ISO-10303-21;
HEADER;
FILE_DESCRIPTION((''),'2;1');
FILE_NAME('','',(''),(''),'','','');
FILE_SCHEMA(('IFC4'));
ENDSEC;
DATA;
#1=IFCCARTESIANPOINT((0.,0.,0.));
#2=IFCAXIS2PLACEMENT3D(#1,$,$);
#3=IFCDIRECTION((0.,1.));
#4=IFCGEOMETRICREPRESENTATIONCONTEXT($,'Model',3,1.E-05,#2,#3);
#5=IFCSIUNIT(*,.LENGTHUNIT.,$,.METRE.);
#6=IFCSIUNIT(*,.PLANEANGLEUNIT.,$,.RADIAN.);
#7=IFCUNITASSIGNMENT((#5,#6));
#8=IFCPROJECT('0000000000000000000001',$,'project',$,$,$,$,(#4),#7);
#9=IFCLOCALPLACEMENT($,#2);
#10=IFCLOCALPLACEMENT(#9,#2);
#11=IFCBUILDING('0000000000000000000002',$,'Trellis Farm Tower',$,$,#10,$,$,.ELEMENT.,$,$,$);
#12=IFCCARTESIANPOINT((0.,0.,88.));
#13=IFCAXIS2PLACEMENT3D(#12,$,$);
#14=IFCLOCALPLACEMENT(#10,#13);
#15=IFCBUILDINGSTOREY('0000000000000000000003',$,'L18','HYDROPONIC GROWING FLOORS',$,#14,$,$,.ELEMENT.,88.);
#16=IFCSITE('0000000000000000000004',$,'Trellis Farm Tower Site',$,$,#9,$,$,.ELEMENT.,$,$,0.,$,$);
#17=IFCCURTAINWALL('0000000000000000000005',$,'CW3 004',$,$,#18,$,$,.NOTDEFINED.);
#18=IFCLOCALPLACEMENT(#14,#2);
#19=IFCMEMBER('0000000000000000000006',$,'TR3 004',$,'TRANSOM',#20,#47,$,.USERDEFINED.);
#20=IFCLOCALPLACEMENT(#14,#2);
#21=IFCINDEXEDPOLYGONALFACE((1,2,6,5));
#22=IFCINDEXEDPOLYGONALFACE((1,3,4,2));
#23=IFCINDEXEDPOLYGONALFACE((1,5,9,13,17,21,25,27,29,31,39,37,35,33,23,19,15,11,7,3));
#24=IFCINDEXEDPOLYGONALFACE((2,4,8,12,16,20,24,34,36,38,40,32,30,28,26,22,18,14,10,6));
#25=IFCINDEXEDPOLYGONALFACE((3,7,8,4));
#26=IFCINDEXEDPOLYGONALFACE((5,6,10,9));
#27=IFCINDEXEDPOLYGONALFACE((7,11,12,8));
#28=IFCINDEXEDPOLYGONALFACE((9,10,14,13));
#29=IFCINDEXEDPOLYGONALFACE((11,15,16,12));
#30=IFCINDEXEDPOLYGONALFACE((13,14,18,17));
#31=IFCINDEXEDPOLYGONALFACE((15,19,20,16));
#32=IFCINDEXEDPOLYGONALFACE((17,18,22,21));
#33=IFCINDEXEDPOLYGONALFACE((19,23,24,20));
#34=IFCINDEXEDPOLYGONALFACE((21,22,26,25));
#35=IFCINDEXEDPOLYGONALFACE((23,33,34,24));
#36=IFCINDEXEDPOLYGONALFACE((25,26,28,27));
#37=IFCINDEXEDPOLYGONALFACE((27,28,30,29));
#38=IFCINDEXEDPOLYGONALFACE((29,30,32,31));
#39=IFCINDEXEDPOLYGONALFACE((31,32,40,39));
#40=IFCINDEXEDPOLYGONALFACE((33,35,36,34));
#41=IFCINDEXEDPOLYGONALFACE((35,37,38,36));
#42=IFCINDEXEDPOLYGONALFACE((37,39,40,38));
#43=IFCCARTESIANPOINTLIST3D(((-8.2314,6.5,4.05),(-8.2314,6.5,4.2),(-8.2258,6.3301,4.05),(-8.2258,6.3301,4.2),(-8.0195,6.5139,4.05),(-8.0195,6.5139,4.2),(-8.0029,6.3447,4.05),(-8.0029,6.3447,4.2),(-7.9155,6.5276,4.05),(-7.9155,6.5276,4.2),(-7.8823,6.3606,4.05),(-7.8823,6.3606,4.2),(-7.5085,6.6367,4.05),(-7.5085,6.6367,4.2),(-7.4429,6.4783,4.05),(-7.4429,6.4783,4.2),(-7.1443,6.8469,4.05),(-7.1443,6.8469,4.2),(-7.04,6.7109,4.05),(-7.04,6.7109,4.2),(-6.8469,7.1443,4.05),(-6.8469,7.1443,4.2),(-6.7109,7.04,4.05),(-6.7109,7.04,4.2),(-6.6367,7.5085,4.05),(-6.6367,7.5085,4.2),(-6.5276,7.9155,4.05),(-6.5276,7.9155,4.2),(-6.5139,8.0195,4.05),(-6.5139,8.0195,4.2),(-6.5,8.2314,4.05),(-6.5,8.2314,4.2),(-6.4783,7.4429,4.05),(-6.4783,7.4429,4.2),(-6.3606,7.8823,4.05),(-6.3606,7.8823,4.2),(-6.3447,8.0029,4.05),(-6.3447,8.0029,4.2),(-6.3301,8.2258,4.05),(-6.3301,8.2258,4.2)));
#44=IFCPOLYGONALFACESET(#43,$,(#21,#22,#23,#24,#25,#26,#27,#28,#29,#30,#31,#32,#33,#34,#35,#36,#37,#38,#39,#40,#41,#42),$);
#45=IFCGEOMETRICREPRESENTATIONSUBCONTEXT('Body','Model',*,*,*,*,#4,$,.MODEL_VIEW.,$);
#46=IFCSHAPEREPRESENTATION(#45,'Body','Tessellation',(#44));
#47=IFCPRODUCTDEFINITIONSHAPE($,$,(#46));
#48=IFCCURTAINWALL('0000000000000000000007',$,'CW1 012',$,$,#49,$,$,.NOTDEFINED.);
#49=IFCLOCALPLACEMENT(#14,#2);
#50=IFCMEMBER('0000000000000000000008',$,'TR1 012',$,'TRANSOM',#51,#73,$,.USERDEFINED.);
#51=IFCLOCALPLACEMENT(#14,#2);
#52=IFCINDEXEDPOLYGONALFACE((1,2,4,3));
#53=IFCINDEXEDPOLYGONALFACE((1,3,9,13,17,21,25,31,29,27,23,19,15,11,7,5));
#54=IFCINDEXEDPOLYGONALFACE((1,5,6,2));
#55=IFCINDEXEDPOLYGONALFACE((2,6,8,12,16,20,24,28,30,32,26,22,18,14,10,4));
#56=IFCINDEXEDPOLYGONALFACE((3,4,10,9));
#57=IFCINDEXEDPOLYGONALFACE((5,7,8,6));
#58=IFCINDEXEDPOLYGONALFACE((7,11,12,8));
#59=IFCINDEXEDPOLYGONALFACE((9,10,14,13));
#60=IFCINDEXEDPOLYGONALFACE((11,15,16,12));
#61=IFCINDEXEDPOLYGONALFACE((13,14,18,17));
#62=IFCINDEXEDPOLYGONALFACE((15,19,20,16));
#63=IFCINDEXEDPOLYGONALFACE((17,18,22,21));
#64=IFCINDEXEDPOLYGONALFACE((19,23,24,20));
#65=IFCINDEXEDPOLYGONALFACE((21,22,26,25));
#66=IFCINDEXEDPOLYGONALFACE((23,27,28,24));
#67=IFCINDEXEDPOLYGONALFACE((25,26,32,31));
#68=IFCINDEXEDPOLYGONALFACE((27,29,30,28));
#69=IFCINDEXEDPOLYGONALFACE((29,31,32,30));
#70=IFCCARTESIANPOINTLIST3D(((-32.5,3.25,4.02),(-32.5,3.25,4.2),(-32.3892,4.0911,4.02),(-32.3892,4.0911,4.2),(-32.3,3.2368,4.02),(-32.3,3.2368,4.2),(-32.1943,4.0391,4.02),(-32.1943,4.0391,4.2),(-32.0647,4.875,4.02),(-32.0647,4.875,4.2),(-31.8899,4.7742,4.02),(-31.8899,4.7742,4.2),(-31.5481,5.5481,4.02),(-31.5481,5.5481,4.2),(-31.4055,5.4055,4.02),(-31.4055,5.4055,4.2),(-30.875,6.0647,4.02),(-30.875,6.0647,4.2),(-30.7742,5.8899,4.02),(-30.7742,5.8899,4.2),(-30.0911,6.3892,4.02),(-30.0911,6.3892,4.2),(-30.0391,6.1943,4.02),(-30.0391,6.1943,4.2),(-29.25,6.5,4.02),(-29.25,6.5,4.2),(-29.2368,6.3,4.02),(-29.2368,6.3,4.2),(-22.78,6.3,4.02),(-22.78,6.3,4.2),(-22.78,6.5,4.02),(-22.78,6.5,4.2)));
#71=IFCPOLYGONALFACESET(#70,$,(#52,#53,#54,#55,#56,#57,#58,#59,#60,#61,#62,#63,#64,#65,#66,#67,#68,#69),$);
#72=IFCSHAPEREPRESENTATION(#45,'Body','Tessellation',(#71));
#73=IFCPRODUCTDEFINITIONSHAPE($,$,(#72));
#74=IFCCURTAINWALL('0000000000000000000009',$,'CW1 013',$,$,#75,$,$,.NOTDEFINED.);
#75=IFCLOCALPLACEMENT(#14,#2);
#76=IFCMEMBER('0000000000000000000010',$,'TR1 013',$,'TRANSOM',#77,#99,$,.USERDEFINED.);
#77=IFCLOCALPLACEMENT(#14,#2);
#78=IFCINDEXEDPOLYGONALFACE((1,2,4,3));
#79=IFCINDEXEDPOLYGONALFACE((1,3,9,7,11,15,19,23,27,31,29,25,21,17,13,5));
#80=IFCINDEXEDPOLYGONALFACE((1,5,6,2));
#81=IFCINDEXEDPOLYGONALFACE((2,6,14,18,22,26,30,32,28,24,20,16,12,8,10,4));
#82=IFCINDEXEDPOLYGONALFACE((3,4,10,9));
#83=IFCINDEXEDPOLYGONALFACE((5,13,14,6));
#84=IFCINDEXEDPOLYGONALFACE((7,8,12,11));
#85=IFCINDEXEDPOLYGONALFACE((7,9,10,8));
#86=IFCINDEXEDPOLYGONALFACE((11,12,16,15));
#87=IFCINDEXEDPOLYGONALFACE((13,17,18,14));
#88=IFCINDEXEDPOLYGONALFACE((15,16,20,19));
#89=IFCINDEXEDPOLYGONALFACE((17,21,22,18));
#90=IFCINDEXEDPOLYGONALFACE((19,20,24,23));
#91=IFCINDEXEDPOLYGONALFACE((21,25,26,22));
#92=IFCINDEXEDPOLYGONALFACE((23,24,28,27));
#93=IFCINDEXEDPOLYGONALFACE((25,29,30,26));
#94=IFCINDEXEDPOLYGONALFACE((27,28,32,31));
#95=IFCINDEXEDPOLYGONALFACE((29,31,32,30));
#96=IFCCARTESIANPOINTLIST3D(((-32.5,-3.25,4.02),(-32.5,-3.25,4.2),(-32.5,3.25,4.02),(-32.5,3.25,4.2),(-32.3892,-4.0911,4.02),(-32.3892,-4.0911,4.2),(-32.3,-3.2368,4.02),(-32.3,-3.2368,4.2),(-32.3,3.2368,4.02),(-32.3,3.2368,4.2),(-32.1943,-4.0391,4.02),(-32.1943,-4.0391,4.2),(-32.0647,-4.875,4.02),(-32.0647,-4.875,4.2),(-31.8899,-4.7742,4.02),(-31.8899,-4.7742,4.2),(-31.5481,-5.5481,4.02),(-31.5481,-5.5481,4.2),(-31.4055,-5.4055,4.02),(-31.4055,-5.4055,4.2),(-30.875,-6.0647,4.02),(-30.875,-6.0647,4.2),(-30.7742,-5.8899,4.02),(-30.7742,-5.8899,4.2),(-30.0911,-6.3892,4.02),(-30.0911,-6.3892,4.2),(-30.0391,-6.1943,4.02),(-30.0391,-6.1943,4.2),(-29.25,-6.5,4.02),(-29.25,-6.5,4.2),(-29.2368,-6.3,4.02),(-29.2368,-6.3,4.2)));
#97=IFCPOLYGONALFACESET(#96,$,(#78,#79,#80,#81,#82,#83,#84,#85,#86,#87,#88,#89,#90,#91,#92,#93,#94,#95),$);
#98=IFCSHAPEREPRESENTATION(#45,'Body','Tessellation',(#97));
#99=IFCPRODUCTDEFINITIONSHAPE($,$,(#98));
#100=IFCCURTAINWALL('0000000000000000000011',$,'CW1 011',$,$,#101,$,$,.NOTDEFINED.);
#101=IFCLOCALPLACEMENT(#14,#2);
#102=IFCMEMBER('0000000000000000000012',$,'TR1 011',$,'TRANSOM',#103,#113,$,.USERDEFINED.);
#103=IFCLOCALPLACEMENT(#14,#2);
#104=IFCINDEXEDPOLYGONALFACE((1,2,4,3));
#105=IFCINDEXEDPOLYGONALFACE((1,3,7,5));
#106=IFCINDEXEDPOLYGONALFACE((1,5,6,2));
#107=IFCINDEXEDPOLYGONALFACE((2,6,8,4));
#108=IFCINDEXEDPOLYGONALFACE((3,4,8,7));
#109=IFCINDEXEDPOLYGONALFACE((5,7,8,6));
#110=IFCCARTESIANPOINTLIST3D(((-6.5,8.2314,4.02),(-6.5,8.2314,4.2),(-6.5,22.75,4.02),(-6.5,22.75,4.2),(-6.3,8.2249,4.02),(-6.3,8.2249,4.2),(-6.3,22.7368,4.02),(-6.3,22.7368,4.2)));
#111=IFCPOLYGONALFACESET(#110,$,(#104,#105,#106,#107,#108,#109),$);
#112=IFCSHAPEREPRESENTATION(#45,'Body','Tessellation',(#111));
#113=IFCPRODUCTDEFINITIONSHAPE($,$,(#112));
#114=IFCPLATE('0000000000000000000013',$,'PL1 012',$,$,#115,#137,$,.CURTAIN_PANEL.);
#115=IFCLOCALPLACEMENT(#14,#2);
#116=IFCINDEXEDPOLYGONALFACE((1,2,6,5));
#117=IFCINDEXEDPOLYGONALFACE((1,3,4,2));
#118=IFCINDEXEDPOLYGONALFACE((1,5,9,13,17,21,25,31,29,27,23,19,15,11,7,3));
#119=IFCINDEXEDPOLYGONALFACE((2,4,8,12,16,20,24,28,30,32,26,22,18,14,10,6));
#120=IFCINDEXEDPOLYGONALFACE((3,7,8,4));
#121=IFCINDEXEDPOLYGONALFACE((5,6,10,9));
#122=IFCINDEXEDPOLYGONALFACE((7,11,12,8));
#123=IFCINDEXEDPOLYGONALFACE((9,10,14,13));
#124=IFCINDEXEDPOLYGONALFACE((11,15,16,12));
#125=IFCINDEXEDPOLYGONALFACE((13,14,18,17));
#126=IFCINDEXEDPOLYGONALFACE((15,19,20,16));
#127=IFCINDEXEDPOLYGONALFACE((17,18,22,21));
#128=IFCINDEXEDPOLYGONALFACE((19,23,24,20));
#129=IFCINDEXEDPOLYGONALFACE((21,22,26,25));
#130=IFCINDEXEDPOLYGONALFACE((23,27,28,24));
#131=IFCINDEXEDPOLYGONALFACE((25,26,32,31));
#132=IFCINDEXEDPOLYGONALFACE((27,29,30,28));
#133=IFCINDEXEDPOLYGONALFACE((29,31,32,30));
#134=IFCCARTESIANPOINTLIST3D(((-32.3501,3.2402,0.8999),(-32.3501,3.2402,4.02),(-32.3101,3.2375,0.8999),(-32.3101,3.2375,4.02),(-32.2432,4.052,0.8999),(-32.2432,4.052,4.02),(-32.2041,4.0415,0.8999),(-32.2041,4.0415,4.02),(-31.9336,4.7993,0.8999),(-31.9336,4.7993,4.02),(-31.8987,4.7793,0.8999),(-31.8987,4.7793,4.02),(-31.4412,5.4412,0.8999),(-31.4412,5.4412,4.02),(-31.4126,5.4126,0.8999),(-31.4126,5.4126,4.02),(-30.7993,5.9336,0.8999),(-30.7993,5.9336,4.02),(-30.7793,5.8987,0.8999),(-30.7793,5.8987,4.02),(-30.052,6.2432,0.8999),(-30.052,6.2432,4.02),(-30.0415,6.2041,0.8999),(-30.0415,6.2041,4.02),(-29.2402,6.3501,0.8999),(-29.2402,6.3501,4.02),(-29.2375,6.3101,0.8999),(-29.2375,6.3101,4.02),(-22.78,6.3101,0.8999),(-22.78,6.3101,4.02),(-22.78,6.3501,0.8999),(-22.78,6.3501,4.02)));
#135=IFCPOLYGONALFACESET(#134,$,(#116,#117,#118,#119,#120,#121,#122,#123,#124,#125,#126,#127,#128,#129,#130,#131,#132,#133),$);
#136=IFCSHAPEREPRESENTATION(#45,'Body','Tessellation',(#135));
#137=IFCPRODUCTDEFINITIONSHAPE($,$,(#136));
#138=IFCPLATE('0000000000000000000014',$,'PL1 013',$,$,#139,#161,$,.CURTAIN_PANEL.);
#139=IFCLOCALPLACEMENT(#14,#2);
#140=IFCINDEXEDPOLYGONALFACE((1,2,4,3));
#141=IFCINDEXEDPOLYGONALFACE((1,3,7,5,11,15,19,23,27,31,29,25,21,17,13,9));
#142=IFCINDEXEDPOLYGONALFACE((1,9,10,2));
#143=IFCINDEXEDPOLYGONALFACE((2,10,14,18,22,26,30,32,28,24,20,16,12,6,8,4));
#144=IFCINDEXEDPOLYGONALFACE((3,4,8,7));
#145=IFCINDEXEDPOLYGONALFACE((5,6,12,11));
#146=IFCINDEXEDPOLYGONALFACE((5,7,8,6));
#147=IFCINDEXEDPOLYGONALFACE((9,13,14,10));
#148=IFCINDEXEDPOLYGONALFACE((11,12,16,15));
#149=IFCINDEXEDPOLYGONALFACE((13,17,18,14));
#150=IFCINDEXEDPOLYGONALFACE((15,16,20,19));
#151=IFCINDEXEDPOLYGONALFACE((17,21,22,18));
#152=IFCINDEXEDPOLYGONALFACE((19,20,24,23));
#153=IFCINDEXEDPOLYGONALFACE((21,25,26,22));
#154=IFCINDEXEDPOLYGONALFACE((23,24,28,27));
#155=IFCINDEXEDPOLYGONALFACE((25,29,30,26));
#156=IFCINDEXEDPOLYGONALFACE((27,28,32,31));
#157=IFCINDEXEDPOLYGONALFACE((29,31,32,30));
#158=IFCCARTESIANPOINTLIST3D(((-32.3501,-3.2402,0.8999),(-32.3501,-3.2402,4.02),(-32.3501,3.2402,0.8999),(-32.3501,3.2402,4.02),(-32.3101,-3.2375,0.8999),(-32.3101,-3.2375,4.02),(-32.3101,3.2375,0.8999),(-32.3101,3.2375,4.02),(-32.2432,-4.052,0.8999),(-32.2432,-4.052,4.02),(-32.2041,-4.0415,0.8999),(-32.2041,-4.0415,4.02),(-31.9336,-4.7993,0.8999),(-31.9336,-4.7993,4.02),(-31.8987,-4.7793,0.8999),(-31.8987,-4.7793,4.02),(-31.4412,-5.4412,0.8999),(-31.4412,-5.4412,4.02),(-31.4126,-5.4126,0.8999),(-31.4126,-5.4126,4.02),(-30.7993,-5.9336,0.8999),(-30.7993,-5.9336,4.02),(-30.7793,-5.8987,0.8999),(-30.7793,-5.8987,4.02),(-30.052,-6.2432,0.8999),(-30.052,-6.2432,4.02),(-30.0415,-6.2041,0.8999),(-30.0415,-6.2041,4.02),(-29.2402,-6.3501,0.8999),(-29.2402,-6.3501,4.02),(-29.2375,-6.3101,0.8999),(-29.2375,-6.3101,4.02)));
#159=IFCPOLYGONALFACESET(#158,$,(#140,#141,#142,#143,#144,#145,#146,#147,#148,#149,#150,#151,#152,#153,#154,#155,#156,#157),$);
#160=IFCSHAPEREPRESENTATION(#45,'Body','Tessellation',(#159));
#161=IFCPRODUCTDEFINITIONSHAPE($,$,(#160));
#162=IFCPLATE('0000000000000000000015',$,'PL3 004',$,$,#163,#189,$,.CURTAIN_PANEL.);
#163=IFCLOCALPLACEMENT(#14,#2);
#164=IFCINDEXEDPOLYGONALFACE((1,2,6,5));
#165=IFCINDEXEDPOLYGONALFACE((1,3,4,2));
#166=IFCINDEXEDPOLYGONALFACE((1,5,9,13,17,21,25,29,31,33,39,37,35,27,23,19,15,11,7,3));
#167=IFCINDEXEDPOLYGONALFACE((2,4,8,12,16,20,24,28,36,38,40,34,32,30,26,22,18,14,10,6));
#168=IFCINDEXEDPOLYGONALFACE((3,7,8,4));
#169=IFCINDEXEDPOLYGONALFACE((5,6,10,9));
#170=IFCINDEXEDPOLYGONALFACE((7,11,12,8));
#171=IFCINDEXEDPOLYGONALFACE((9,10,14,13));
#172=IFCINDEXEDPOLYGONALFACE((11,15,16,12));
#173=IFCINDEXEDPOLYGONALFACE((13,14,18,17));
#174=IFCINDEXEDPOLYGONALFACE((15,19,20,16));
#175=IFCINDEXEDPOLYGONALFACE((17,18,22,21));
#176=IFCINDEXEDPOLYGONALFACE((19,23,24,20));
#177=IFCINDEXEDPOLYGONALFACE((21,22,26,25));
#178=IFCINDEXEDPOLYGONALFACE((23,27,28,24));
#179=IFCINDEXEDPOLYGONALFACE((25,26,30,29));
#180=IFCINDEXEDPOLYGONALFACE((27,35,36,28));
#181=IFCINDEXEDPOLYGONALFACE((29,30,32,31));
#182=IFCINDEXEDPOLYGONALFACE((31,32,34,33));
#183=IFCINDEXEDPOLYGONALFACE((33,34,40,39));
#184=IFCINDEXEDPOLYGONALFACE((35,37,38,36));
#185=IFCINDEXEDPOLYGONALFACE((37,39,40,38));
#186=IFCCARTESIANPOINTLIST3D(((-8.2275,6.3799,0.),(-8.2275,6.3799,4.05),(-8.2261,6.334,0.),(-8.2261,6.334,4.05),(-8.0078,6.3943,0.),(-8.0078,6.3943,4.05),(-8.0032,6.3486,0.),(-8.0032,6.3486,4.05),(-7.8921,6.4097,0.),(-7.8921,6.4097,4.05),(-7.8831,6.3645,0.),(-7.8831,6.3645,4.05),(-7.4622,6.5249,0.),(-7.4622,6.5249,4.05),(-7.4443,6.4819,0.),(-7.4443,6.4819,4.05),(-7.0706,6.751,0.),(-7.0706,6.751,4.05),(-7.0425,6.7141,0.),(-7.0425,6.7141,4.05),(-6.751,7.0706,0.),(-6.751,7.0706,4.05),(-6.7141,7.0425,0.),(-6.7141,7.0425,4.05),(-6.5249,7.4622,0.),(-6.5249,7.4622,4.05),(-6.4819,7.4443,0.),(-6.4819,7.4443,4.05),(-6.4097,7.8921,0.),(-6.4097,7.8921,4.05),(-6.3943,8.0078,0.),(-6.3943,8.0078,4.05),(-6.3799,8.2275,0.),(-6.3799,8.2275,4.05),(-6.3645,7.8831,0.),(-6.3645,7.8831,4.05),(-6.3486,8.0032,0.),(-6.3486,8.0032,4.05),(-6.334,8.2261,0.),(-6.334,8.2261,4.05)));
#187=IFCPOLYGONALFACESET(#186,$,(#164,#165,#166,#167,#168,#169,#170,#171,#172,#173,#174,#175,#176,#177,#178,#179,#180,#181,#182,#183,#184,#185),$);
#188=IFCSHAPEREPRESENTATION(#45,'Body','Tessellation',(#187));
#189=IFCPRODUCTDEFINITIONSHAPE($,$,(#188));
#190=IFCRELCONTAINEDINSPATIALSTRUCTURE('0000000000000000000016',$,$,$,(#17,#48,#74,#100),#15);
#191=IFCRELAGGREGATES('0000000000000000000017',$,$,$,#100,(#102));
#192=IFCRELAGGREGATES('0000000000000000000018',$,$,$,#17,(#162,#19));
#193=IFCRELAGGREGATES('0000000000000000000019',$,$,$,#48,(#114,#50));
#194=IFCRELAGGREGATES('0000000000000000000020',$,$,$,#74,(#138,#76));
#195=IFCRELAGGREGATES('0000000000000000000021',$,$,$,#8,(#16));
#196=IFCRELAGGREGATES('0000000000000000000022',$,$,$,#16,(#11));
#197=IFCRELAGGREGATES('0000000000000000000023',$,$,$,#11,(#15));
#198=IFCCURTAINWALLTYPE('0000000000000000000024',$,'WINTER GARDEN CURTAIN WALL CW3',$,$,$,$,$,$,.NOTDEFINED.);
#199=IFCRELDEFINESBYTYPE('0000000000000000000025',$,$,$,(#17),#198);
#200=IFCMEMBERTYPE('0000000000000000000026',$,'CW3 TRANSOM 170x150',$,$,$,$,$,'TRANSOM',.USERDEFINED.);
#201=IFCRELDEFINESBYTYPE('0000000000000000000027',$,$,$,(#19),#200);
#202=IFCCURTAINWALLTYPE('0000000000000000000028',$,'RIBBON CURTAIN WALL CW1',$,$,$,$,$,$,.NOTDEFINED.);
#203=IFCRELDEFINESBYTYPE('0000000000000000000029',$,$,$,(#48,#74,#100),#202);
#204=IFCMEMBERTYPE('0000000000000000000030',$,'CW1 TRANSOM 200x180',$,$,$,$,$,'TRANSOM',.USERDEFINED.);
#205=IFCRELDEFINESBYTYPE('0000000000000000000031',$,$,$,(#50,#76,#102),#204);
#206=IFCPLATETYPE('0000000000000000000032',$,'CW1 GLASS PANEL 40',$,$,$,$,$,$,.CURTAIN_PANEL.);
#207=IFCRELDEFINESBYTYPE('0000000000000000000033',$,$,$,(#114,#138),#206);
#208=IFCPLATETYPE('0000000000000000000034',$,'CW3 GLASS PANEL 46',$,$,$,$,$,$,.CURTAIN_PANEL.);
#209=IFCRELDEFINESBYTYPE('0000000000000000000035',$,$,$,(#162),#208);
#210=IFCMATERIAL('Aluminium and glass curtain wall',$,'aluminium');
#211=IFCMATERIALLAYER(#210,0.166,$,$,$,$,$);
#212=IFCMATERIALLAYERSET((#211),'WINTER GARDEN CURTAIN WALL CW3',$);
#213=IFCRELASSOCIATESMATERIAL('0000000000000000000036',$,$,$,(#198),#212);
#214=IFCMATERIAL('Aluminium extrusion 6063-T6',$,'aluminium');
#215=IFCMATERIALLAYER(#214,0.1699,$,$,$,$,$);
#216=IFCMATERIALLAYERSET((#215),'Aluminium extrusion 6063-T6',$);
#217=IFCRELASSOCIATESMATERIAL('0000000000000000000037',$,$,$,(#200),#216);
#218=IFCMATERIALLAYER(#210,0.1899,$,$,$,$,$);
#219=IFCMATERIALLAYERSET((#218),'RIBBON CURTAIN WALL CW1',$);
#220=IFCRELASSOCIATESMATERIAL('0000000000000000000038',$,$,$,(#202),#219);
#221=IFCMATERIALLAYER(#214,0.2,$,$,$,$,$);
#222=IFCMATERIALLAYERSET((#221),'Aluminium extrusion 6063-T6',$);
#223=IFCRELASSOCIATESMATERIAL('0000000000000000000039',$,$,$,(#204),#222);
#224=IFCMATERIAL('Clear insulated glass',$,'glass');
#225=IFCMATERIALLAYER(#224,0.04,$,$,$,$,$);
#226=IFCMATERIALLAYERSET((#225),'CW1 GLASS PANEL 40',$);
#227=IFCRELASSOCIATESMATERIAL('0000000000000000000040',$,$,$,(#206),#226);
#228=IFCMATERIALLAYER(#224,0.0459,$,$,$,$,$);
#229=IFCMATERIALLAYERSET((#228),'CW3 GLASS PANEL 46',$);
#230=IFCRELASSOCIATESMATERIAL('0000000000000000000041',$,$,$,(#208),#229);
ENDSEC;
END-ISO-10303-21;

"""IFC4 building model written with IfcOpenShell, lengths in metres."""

from ifc_helpers import new_model, si_unit, direction, frame, origin, place, context, subcontext, project, spatial, polyline, outline, extrude, source, transform, mapped, material, layer, layer_set, type_object, element, aggregate, save


model = new_model("IFC4")

# Units and contexts
model_context = context("Model", 3, precision=1e-05, world=origin(), true_north=direction((0.0, 1.0)))
body_context = subcontext(model_context, "Body", "Model", "MODEL_VIEW")
ifc_project = project(units=[si_unit("LENGTHUNIT", "METRE"), si_unit("PLANEANGLEUNIT", "RADIAN")], contexts=[model_context])

# Site, building, storey
site_placement = place(None, origin())
site = spatial("IfcSite", under=ifc_project, at=site_placement, Name="Trellis Farm Tower Site", CompositionType="ELEMENT", RefElevation=0.0)
building_placement = place(site_placement, origin())
building = spatial("IfcBuilding", under=site, at=building_placement, Name="Trellis Farm Tower", CompositionType="ELEMENT")
storey_placement = place(building_placement, frame((0.0, 0.0, 88.0)))
storey = spatial("IfcBuildingStorey", under=building, at=storey_placement, Name="L18", Description="HYDROPONIC GROWING FLOORS", CompositionType="ELEMENT", Elevation=88.0)

# Curtain walls, members
ifc_material_1 = material(Name="Aluminium and glass curtain wall", Category="aluminium")
ifc_layer_1 = layer(ifc_material_1, 0.166)
ifc_layer_set_1 = layer_set([ifc_layer_1], Name="WINTER GARDEN CURTAIN WALL CW3")
curtain_wall_type_1 = type_object("IfcCurtainWallType", Name="WINTER GARDEN CURTAIN WALL CW3", PredefinedType="NOTDEFINED", material=ifc_layer_set_1)
placement_1 = place(storey_placement, origin())
curtain_wall_1 = element("IfcCurtainWall", 1, at=placement_1, inside=storey, type_object=curtain_wall_type_1, Name="CW3 004", PredefinedType="NOTDEFINED")
ifc_material_2 = material(Name="Aluminium extrusion 6063-T6", Category="aluminium")
ifc_layer_2 = layer(ifc_material_2, 0.1699)
ifc_layer_set_2 = layer_set([ifc_layer_2], Name="Aluminium extrusion 6063-T6")
member_type_1 = type_object("IfcMemberType", Name="CW3 TRANSOM 170x150", ElementType="TRANSOM", PredefinedType="USERDEFINED", material=ifc_layer_set_2)
shared_shape_1 = source(origin(), body_context, "Body", "SweptSolid", [
    extrude(outline(polyline([(-6.5, 8.2314), (-6.5139, 8.0195), (-6.5276, 7.9155), (-6.6367, 7.5085), (-6.8469, 7.1443), (-7.1443, 6.8469), (-7.5085, 6.6367), (-7.9155, 6.5276), (-8.0195, 6.5139), (-8.2314, 6.5), (-8.2258, 6.3301), (-8.0029, 6.3447), (-7.8823, 6.3606), (-7.4429, 6.4783), (-7.04, 6.7109), (-6.7109, 7.04), (-6.4783, 7.4429), (-6.3606, 7.8823), (-6.3447, 8.0029), (-6.3301, 8.2258), (-6.5, 8.2314)])), origin(), (0.0, 0.0, 1.0), 0.1499),
])
member_1_placement = place(storey_placement, frame((0.0, 0.0, 4.05)))
member_1 = element("IfcMember", 2, at=member_1_placement, type_object=member_type_1, Name="TR3 004", ObjectType="TRANSOM", PredefinedType="USERDEFINED", context=body_context, shape_type="MappedRepresentation", body=[
    mapped(shared_shape_1, transform((0.0, 0.0, 0.0))),
])
ifc_layer_3 = layer(ifc_material_1, 0.1899)
ifc_layer_set_3 = layer_set([ifc_layer_3], Name="RIBBON CURTAIN WALL CW1")
curtain_wall_type_2 = type_object("IfcCurtainWallType", Name="RIBBON CURTAIN WALL CW1", PredefinedType="NOTDEFINED", material=ifc_layer_set_3)
curtain_wall_2 = element("IfcCurtainWall", 3, at=placement_1, inside=storey, type_object=curtain_wall_type_2, Name="CW1 012", PredefinedType="NOTDEFINED")
ifc_layer_4 = layer(ifc_material_2, 0.2)
ifc_layer_set_4 = layer_set([ifc_layer_4], Name="Aluminium extrusion 6063-T6")
member_type_2 = type_object("IfcMemberType", Name="CW1 TRANSOM 200x180", ElementType="TRANSOM", PredefinedType="USERDEFINED", material=ifc_layer_set_4)
shared_shape_2 = source(origin(), body_context, "Body", "SweptSolid", [
    extrude(outline(polyline([(-22.78, 6.5), (-29.25, 6.5), (-30.0911, 6.3892), (-30.875, 6.0647), (-31.5481, 5.5481), (-32.0647, 4.875), (-32.3892, 4.0911), (-32.5, 3.25), (-32.3, 3.2368), (-32.1943, 4.0391), (-31.8899, 4.7742), (-31.4055, 5.4055), (-30.7742, 5.8899), (-30.0391, 6.1943), (-29.2368, 6.3), (-22.78, 6.3), (-22.78, 6.5)])), origin(), (0.0, 0.0, 1.0), 0.1799),
])
placement_2 = place(storey_placement, frame((0.0, 0.0, 4.02)))
member_2 = element("IfcMember", 4, at=placement_2, type_object=member_type_2, Name="TR1 012", ObjectType="TRANSOM", PredefinedType="USERDEFINED", context=body_context, shape_type="MappedRepresentation", body=[
    mapped(shared_shape_2, transform((0.0, 0.0, 0.0))),
])
curtain_wall_3 = element("IfcCurtainWall", 5, at=placement_1, inside=storey, type_object=curtain_wall_type_2, Name="CW1 013", PredefinedType="NOTDEFINED")
shared_shape_3 = source(origin(), body_context, "Body", "SweptSolid", [
    extrude(outline(polyline([(-32.5, 3.25), (-32.5, -3.25), (-32.3892, -4.0911), (-32.0647, -4.875), (-31.5481, -5.5481), (-30.875, -6.0647), (-30.0911, -6.3892), (-29.25, -6.5), (-29.2368, -6.3), (-30.0391, -6.1943), (-30.7742, -5.8899), (-31.4055, -5.4055), (-31.8899, -4.7742), (-32.1943, -4.0391), (-32.3, -3.2368), (-32.3, 3.2368), (-32.5, 3.25)])), origin(), (0.0, 0.0, 1.0), 0.1799),
])
member_3 = element("IfcMember", 6, at=placement_2, type_object=member_type_2, Name="TR1 013", ObjectType="TRANSOM", PredefinedType="USERDEFINED", context=body_context, shape_type="MappedRepresentation", body=[
    mapped(shared_shape_3, transform((0.0, 0.0, 0.0))),
])
curtain_wall_4 = element("IfcCurtainWall", 7, at=placement_1, inside=storey, type_object=curtain_wall_type_2, Name="CW1 011", PredefinedType="NOTDEFINED")
shared_shape_4 = source(origin(), body_context, "Body", "SweptSolid", [
    extrude(outline(polyline([(-6.5, 22.75), (-6.5, 8.2314), (-6.3, 8.2249), (-6.3, 22.7368), (-6.5, 22.75)])), origin(), (0.0, 0.0, 1.0), 0.1799),
])
member_4 = element("IfcMember", 8, at=placement_2, type_object=member_type_2, Name="TR1 011", ObjectType="TRANSOM", PredefinedType="USERDEFINED", context=body_context, shape_type="MappedRepresentation", body=[
    mapped(shared_shape_4, transform((0.0, 0.0, 0.0))),
])
aggregate(curtain_wall_4, [member_4])

# Plates
ifc_material_3 = material(Name="Clear insulated glass", Category="glass")
ifc_layer_5 = layer(ifc_material_3, 0.04)
ifc_layer_set_5 = layer_set([ifc_layer_5], Name="CW1 GLASS PANEL 40")
plate_type_1 = type_object("IfcPlateType", Name="CW1 GLASS PANEL 40", PredefinedType="CURTAIN_PANEL", material=ifc_layer_set_5)
placement_3 = place(storey_placement, frame((0.0, 0.0, 0.8999)))
plate_1 = element("IfcPlate", 9, at=placement_3, type_object=plate_type_1, Name="PL1 012", PredefinedType="CURTAIN_PANEL", context=body_context, shape_type="SweptSolid", body=[
    extrude(outline(polyline([(-22.78, 6.3501), (-29.2402, 6.3501), (-30.052, 6.2432), (-30.7993, 5.9336), (-31.4412, 5.4412), (-31.9336, 4.7993), (-32.2432, 4.052), (-32.3501, 3.2402), (-32.3101, 3.2375), (-32.2041, 4.0415), (-31.8987, 4.7793), (-31.4126, 5.4126), (-30.7793, 5.8987), (-30.0415, 6.2041), (-29.2375, 6.3101), (-22.78, 6.3101), (-22.78, 6.3501)])), origin(), (0.0, 0.0, 1.0), 3.1201),
])
plate_2 = element("IfcPlate", 10, at=placement_3, type_object=plate_type_1, Name="PL1 013", PredefinedType="CURTAIN_PANEL", context=body_context, shape_type="SweptSolid", body=[
    extrude(outline(polyline([(-32.3501, 3.2402), (-32.3501, -3.2402), (-32.2432, -4.052), (-31.9336, -4.7993), (-31.4412, -5.4412), (-30.7993, -5.9336), (-30.052, -6.2432), (-29.2402, -6.3501), (-29.2375, -6.3101), (-30.0415, -6.2041), (-30.7793, -5.8987), (-31.4126, -5.4126), (-31.8987, -4.7793), (-32.2041, -4.0415), (-32.3101, -3.2375), (-32.3101, 3.2375), (-32.3501, 3.2402)])), origin(), (0.0, 0.0, 1.0), 3.1201),
])
ifc_layer_6 = layer(ifc_material_3, 0.0459)
ifc_layer_set_6 = layer_set([ifc_layer_6], Name="CW3 GLASS PANEL 46")
plate_type_2 = type_object("IfcPlateType", Name="CW3 GLASS PANEL 46", PredefinedType="CURTAIN_PANEL", material=ifc_layer_set_6)
plate_3 = element("IfcPlate", 11, at=placement_1, type_object=plate_type_2, Name="PL3 004", PredefinedType="CURTAIN_PANEL", context=body_context, shape_type="SweptSolid", body=[
    extrude(outline(polyline([(-6.3799, 8.2275), (-6.3943, 8.0078), (-6.4097, 7.8921), (-6.5249, 7.4622), (-6.751, 7.0706), (-7.0706, 6.751), (-7.4622, 6.5249), (-7.8921, 6.4097), (-8.0078, 6.3943), (-8.2275, 6.3799), (-8.2261, 6.334), (-8.0032, 6.3486), (-7.8831, 6.3645), (-7.4443, 6.4819), (-7.0425, 6.7141), (-6.7141, 7.0425), (-6.4819, 7.4443), (-6.3645, 7.8831), (-6.3486, 8.0032), (-6.334, 8.2261), (-6.3799, 8.2275)])), origin(), (0.0, 0.0, 1.0), 4.05),
])
aggregate(curtain_wall_1, [plate_3, member_1])
aggregate(curtain_wall_2, [plate_1, member_2])
aggregate(curtain_wall_3, [plate_2, member_3])

save(model, "model.ifc")
